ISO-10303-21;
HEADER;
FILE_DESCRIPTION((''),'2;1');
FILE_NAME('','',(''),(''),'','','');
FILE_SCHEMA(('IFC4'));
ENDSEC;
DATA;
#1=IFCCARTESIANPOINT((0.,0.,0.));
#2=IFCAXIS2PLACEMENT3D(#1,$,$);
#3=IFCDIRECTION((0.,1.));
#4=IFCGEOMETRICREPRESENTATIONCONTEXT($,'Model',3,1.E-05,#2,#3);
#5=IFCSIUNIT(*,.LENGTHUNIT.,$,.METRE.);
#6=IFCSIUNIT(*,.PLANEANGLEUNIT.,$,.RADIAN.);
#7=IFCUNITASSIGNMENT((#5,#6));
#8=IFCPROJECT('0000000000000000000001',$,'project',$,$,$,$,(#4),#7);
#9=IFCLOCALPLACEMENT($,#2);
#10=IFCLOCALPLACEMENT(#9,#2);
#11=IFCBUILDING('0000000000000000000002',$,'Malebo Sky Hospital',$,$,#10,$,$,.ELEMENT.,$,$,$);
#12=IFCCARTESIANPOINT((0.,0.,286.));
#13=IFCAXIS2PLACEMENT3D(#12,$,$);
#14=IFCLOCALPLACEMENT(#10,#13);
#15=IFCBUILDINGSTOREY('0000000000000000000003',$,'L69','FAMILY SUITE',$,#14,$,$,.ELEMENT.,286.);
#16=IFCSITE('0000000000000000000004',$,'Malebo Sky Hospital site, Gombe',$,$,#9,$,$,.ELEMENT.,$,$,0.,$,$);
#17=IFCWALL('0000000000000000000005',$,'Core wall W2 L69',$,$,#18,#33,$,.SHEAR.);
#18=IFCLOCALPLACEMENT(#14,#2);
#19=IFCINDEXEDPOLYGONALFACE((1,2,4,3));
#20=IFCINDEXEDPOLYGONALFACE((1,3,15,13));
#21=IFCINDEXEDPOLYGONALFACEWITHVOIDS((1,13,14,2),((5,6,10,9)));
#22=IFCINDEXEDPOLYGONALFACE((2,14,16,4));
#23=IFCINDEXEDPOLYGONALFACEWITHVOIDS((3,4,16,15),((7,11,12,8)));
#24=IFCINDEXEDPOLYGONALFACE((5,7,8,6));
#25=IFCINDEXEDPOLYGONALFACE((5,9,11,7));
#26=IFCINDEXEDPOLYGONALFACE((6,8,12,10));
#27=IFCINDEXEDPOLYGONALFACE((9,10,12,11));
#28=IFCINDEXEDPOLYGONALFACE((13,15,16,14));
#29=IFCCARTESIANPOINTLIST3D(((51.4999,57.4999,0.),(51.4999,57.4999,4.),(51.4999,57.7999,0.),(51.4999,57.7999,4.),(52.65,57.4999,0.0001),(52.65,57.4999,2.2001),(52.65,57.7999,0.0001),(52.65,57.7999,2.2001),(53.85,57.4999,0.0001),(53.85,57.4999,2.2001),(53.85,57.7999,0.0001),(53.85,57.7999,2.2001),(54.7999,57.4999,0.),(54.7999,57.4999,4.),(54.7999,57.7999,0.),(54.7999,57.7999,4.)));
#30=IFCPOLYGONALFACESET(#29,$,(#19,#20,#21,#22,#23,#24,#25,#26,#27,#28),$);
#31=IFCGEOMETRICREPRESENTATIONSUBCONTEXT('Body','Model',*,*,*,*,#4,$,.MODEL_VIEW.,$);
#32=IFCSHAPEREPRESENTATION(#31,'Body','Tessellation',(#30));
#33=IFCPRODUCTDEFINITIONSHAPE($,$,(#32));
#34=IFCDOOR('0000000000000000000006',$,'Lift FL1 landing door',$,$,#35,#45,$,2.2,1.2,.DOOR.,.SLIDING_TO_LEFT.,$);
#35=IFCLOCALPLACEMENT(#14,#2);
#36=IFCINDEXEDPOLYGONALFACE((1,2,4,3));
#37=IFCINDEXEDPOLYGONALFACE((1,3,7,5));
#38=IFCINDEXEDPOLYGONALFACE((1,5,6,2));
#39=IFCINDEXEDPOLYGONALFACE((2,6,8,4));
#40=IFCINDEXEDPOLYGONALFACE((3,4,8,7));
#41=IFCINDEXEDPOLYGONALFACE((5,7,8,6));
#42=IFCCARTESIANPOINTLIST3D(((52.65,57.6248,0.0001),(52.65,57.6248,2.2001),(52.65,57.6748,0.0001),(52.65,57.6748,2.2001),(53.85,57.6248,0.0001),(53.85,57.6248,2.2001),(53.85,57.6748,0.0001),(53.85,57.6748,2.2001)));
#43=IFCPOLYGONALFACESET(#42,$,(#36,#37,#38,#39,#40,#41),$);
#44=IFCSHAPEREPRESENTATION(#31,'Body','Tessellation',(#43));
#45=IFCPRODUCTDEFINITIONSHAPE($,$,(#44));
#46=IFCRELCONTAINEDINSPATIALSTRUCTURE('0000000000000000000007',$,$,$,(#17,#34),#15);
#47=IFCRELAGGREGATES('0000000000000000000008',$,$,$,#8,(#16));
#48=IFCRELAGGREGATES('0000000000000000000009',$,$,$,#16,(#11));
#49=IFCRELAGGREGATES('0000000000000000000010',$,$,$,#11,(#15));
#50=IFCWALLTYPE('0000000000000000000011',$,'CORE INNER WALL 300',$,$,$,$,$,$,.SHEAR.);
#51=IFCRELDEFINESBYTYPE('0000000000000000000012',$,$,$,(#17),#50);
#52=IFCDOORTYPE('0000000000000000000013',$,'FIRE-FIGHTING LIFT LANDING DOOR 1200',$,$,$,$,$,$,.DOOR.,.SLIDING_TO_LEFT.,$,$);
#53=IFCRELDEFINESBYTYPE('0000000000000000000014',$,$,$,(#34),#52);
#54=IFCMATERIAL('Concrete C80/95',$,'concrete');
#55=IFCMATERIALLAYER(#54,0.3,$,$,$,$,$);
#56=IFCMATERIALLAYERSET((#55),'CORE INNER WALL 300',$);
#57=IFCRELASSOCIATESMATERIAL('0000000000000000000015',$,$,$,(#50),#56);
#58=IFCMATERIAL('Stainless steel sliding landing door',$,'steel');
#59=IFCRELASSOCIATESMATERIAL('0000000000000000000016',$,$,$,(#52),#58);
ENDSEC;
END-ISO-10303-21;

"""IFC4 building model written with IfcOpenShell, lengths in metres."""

from ifc_helpers import new_model, si_unit, direction, frame, frame_2d, origin, place, context, subcontext, project, spatial, rectangle, extrude, material, layer, layer_set, type_object, element, fill, save


model = new_model("IFC4")

# Units and contexts
model_context = context("Model", 3, precision=1e-05, world=origin(), true_north=direction((0.0, 1.0)))
body_context = subcontext(model_context, "Body", "Model", "MODEL_VIEW")
ifc_project = project(units=[si_unit("LENGTHUNIT", "METRE"), si_unit("PLANEANGLEUNIT", "RADIAN")], contexts=[model_context])

# Site, building, storey
site_placement = place(None, origin())
site = spatial("IfcSite", under=ifc_project, at=site_placement, Name="Malebo Sky Hospital site, Gombe", CompositionType="ELEMENT", RefElevation=0.0)
building_placement = place(site_placement, origin())
building = spatial("IfcBuilding", under=site, at=building_placement, Name="Malebo Sky Hospital", CompositionType="ELEMENT")
storey_placement = place(building_placement, frame((0.0, 0.0, 286.0)))
storey = spatial("IfcBuildingStorey", under=building, at=storey_placement, Name="L69", Description="FAMILY SUITE", CompositionType="ELEMENT", Elevation=286.0)

# Shared definitions
ifc_material_1 = material(Name="Concrete C80/95", Category="concrete")
ifc_layer_1 = layer(ifc_material_1, 0.3)
ifc_layer_set_1 = layer_set([ifc_layer_1], Name="CORE INNER WALL 300")
wall_type_1 = type_object("IfcWallType", Name="CORE INNER WALL 300", PredefinedType="SHEAR", material=ifc_layer_set_1)

# Wall, opening, door
wall_1_placement = place(storey_placement, frame((51.5, 57.6499, 0.0), z_axis=(0.0, 0.0, 1.0), x_axis=(1.0, 0.0, 0.0)))
wall_1 = element("IfcWall", 1, at=wall_1_placement, inside=storey, type_object=wall_type_1, Name="Core wall W2 L69", PredefinedType="SHEAR", context=body_context, shape_type="SweptSolid", body=[
    extrude(rectangle(XDim=3.3, YDim=0.3, at=frame_2d((1.6499, 0.0))), origin(), (0.0, 0.0, 1.0), 4.0),
])
opening_placement = place(wall_1_placement, frame((1.1499, 0.0, 0.0)))
opening = element("IfcOpeningElement", 2, at=opening_placement, cuts=wall_1, PredefinedType="OPENING", context=body_context, shape_type="SweptSolid", body=[
    extrude(rectangle(XDim=1.2, YDim=2.2, at=frame_2d((0.6001, 1.1001))), frame((0.0, 0.1599, 0.0), z_axis=(0.0, -1.0, 0.0), x_axis=(1.0, 0.0, 0.0)), (0.0, 0.0, 1.0), 0.3201),
])
ifc_material_2 = material(Name="Stainless steel sliding landing door", Category="steel")
door_type = type_object("IfcDoorType", Name="FIRE-FIGHTING LIFT LANDING DOOR 1200", OperationType="SLIDING_TO_LEFT", PredefinedType="DOOR", material=ifc_material_2)
door_placement = place(opening_placement, origin())
door = element("IfcDoor", 3, at=door_placement, inside=storey, type_object=door_type, Name="Lift FL1 landing door", OperationType="SLIDING_TO_LEFT", OverallHeight=2.2, OverallWidth=1.2, PredefinedType="DOOR", context=body_context, shape_type="SweptSolid", body=[
    extrude(rectangle(XDim=1.2, YDim=2.2, at=frame_2d((0.6001, 1.1001))), frame((0.0, 0.0249, 0.0), z_axis=(0.0, -1.0, 0.0), x_axis=(1.0, 0.0, 0.0)), (0.0, 0.0, 1.0), 0.05),
])
fill(opening, door)

save(model, "model.ifc")
